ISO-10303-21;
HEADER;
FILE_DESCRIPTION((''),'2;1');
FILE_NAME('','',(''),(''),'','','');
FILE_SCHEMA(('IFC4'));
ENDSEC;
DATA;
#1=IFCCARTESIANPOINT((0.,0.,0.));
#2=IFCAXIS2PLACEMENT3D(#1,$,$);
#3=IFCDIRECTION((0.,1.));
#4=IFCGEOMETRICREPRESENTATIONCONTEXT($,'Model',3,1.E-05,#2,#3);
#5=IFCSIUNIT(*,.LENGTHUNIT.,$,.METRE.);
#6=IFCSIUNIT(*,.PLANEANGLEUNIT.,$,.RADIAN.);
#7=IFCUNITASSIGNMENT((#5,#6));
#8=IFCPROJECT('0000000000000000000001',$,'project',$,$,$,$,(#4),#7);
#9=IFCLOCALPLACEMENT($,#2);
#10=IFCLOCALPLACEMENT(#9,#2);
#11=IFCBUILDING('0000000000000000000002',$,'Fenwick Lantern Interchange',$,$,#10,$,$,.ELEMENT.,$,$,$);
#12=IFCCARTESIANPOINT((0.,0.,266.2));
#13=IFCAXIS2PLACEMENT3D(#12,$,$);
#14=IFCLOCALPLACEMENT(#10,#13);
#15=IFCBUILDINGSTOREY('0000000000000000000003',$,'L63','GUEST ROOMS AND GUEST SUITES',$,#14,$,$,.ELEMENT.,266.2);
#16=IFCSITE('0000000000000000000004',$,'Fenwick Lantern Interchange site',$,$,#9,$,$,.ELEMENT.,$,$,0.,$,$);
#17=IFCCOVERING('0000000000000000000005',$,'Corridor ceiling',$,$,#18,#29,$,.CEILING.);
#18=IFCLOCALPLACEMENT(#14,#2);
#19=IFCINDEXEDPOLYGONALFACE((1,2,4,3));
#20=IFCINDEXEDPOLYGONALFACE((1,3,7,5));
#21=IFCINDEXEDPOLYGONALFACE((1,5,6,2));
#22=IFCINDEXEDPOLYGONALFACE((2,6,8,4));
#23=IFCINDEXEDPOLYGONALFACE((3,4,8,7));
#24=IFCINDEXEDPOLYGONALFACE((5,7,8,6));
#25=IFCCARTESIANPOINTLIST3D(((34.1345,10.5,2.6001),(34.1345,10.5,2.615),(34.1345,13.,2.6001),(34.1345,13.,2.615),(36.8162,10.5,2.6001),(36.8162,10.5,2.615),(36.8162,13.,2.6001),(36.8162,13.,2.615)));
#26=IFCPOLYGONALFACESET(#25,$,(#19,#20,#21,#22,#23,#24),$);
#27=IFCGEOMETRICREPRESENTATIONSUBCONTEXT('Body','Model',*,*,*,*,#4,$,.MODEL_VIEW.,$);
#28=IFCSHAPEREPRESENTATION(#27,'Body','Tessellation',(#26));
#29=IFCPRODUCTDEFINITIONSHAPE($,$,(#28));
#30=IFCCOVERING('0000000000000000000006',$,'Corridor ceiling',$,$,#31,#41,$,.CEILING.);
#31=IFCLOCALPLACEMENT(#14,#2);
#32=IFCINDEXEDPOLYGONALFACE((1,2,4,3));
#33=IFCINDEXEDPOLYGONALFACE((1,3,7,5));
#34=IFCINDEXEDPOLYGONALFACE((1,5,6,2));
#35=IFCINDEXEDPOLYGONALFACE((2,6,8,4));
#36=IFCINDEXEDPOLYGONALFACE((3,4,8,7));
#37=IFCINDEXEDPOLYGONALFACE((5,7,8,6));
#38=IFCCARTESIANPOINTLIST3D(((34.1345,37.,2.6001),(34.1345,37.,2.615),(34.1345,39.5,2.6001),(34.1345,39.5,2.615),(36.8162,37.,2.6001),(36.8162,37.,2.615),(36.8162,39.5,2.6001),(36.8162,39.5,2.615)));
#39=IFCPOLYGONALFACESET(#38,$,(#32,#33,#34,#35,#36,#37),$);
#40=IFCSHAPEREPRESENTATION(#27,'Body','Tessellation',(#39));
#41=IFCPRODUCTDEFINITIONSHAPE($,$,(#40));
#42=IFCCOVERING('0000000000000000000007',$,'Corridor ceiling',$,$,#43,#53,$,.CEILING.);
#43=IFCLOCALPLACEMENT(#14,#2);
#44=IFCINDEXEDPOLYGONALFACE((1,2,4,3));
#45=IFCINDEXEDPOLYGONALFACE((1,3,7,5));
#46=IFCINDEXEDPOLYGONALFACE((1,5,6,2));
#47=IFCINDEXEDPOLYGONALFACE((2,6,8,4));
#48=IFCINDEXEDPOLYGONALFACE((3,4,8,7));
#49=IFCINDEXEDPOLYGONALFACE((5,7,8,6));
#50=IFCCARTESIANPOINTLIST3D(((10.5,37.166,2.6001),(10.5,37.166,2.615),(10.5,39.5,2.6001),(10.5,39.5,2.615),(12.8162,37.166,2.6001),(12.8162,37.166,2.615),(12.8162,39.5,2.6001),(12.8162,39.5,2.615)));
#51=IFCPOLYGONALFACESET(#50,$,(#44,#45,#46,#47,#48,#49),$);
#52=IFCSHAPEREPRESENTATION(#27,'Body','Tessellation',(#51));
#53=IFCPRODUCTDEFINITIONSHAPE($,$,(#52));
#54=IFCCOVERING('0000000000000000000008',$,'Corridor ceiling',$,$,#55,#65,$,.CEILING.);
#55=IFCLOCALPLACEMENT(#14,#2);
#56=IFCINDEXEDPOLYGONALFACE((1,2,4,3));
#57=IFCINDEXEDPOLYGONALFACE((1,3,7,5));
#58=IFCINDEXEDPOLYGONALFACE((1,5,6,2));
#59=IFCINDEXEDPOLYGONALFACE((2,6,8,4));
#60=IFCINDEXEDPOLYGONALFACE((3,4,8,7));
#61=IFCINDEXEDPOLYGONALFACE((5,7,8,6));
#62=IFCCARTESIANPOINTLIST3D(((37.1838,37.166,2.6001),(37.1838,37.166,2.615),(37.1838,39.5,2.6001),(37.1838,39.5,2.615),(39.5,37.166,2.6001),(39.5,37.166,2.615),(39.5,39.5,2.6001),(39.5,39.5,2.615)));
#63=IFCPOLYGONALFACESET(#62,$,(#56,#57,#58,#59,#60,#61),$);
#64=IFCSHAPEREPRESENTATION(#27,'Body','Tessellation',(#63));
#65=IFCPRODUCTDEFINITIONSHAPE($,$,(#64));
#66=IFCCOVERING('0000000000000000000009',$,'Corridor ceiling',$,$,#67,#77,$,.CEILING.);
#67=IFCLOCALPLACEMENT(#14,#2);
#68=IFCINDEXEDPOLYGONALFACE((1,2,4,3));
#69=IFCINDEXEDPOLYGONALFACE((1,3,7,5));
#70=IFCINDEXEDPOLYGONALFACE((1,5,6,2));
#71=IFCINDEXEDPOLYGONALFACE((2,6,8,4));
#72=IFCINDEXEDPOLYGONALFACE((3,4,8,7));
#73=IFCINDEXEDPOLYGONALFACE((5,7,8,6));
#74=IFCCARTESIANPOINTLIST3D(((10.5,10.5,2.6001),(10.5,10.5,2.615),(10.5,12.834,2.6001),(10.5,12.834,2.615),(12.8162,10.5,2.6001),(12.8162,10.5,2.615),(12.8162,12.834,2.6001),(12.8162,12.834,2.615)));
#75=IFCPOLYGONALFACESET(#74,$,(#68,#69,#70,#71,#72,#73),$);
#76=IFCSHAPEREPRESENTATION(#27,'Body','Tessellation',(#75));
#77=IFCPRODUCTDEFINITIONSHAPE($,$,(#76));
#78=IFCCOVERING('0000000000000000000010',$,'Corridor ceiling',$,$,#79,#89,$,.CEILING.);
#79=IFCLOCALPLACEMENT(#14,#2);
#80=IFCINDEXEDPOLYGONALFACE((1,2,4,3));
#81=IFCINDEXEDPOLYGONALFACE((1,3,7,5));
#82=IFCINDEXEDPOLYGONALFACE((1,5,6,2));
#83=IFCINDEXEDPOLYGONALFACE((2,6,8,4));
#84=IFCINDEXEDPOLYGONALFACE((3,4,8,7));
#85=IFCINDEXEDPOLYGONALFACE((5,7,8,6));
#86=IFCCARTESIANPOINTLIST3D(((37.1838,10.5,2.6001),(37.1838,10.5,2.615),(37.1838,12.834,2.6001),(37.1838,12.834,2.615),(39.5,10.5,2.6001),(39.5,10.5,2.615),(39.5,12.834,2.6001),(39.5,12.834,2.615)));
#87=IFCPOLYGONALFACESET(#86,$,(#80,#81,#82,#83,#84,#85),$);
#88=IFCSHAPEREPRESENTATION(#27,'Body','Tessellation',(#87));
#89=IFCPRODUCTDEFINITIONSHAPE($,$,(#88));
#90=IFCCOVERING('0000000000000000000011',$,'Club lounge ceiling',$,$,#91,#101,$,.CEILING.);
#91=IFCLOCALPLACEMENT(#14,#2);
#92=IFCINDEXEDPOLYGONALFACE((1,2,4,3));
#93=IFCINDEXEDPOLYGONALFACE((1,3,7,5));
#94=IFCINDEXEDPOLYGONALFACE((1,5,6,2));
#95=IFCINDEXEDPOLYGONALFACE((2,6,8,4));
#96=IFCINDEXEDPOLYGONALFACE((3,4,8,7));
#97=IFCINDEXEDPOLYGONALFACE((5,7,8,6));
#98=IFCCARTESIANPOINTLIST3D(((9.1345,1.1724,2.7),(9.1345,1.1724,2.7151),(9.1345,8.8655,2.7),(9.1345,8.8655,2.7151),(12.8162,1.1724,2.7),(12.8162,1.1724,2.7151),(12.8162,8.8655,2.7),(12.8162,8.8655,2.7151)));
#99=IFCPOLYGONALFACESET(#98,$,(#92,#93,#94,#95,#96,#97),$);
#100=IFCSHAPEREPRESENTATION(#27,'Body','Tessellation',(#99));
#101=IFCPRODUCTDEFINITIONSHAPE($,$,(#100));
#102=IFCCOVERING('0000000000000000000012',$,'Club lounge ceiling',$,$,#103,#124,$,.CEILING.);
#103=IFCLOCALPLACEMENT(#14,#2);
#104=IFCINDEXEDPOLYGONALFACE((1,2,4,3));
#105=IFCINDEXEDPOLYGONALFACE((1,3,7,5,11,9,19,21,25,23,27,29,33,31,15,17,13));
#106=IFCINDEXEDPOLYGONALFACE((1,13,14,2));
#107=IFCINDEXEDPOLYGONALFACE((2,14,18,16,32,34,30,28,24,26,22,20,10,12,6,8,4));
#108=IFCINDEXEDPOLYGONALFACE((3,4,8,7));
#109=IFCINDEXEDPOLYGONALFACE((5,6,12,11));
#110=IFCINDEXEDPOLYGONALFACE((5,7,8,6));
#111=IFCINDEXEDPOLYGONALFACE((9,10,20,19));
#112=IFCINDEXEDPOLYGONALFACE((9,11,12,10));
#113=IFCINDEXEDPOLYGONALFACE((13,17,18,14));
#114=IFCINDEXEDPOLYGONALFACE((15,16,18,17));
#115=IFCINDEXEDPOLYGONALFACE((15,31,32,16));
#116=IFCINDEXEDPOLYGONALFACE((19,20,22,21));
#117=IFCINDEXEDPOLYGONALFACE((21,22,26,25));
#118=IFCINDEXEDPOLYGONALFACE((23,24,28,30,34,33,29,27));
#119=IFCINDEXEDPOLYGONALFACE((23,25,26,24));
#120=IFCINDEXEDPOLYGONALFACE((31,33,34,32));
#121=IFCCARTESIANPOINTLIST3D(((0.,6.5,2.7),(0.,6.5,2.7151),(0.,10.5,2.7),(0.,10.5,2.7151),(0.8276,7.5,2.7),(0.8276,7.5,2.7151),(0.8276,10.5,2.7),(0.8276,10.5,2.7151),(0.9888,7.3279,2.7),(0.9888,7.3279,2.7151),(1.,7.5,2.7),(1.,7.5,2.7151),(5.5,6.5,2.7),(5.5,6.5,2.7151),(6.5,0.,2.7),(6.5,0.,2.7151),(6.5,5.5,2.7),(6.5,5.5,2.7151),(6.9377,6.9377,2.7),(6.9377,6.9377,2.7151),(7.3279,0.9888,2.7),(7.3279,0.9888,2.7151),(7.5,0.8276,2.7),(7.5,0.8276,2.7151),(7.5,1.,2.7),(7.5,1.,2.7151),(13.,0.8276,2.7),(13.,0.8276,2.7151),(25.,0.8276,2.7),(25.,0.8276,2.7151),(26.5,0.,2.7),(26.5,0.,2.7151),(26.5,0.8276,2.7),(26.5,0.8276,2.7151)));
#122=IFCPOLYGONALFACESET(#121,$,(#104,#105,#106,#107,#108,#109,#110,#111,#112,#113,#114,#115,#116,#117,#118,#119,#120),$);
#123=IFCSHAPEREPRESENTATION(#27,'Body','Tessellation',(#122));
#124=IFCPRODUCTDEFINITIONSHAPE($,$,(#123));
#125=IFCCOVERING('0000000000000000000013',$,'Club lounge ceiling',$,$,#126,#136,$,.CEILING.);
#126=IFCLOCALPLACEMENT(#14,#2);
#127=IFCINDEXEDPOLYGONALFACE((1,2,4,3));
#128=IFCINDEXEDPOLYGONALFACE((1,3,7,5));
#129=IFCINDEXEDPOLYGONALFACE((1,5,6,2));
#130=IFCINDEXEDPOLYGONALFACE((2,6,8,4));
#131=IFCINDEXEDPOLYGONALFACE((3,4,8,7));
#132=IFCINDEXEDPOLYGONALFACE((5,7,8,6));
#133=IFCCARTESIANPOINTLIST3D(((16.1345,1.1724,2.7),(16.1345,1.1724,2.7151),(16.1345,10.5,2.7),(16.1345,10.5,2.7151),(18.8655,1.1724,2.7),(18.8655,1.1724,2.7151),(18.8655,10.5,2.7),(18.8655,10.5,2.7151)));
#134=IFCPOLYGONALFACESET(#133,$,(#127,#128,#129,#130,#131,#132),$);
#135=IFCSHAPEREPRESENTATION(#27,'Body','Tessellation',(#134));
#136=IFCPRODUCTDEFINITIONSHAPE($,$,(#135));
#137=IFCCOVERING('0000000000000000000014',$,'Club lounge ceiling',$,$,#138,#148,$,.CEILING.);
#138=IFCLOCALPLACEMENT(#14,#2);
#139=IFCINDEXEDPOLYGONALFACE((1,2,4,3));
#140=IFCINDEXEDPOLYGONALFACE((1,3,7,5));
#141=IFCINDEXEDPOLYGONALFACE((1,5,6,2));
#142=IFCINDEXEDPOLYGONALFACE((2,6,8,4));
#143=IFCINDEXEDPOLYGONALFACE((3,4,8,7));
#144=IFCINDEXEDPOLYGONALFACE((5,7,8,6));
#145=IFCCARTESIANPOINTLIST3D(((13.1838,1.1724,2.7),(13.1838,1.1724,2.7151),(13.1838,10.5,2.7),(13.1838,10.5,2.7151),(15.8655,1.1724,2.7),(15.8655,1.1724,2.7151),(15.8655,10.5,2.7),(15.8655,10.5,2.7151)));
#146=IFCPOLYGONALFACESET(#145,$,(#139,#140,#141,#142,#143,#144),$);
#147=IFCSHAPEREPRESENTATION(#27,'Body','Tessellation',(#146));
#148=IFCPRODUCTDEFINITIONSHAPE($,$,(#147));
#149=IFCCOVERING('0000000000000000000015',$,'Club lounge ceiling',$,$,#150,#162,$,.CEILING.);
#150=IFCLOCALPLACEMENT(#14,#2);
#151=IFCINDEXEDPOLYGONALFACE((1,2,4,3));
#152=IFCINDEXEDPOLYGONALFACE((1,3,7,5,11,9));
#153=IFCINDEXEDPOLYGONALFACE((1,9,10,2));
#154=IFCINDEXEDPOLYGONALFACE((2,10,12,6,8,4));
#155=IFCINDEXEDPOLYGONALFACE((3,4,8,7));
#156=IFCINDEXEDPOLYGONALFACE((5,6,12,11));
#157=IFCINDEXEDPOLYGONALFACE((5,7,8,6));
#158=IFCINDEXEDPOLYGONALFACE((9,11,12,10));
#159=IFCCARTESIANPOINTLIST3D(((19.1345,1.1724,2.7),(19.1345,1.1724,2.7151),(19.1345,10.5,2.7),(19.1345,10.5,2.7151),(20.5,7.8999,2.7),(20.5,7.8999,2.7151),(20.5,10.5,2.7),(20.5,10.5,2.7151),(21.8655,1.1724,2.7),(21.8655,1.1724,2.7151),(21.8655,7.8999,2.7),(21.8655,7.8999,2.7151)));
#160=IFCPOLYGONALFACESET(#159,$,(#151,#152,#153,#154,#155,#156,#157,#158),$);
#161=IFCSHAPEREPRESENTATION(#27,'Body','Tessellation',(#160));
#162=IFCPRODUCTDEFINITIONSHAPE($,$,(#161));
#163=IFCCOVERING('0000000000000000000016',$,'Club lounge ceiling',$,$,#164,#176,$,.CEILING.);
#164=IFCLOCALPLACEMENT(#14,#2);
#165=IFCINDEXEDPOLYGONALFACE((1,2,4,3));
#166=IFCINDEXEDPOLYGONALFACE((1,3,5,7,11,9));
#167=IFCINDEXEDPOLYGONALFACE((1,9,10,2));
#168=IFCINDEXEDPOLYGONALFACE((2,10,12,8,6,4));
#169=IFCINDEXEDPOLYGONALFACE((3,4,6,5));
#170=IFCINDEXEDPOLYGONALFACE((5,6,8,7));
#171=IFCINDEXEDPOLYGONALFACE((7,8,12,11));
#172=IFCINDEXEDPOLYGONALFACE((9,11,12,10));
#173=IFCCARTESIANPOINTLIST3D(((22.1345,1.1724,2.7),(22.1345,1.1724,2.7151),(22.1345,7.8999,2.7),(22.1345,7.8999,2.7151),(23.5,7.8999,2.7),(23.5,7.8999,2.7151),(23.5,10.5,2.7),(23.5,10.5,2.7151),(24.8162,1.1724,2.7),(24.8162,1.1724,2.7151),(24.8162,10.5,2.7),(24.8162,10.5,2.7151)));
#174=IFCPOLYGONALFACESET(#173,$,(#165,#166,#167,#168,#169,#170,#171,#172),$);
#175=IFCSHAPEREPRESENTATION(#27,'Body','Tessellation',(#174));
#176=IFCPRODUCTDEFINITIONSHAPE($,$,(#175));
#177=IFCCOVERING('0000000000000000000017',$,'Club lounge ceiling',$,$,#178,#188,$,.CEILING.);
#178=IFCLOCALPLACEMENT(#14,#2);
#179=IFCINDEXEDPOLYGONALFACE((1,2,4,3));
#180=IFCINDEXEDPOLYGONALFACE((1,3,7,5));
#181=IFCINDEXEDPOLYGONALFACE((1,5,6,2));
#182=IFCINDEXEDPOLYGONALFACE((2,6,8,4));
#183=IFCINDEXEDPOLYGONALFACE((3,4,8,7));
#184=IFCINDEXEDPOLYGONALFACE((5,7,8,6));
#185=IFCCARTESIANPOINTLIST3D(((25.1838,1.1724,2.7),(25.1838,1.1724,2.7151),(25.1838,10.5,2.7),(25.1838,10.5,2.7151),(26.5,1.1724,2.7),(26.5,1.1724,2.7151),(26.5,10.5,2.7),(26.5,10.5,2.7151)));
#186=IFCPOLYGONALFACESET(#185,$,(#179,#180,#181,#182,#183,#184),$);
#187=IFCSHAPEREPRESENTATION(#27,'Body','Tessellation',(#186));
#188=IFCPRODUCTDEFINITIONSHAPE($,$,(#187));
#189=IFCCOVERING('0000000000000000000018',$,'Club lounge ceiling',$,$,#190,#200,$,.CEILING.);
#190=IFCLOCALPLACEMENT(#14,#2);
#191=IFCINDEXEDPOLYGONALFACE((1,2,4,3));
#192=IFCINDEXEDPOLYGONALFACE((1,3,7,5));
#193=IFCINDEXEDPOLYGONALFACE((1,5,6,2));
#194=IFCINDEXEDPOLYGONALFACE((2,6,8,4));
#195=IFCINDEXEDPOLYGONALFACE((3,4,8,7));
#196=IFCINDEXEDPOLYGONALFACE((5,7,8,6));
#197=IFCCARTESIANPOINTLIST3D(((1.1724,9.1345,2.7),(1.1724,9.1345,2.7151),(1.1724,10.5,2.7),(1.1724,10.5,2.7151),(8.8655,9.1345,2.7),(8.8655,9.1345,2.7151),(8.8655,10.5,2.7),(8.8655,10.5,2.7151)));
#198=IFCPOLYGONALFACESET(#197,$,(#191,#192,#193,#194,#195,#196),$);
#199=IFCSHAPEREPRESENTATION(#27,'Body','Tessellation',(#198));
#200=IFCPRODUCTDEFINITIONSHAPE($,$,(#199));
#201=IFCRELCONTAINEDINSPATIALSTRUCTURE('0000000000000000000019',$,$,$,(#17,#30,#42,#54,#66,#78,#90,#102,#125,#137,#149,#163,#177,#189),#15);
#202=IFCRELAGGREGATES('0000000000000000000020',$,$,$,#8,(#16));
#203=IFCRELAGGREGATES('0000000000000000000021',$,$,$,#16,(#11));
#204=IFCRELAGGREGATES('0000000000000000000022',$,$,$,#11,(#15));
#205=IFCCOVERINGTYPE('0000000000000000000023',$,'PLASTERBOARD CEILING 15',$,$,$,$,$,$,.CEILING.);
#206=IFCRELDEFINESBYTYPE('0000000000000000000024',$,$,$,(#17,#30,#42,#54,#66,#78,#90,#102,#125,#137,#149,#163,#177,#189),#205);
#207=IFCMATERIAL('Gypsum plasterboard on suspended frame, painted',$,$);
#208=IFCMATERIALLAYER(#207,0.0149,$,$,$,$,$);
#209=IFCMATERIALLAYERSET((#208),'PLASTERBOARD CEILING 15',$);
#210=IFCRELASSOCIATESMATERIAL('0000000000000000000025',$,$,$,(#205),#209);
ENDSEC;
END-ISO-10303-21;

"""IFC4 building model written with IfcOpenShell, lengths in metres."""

from ifc_helpers import new_model, si_unit, direction, frame, origin, place, context, subcontext, project, spatial, polyline, outline, extrude, material, layer, layer_set, type_object, element, save


model = new_model("IFC4")

# Units and contexts
model_context = context("Model", 3, precision=1e-05, world=origin(), true_north=direction((0.0, 1.0)))
body_context = subcontext(model_context, "Body", "Model", "MODEL_VIEW")
ifc_project = project(units=[si_unit("LENGTHUNIT", "METRE"), si_unit("PLANEANGLEUNIT", "RADIAN")], contexts=[model_context])

# Site, building, storey
site_placement = place(None, origin())
site = spatial("IfcSite", under=ifc_project, at=site_placement, Name="Fenwick Lantern Interchange site", CompositionType="ELEMENT", RefElevation=0.0)
building_placement = place(site_placement, origin())
building = spatial("IfcBuilding", under=site, at=building_placement, Name="Fenwick Lantern Interchange", CompositionType="ELEMENT")
storey_placement = place(building_placement, frame((0.0, 0.0, 266.2)))
storey = spatial("IfcBuildingStorey", under=building, at=storey_placement, Name="L63", Description="GUEST ROOMS AND GUEST SUITES", CompositionType="ELEMENT", Elevation=266.2)

# Coverings
ifc_material = material(Name="Gypsum plasterboard on suspended frame, painted")
ifc_layer = layer(ifc_material, 0.0149)
ifc_layer_set = layer_set([ifc_layer], Name="PLASTERBOARD CEILING 15")
covering_type = type_object("IfcCoveringType", Name="PLASTERBOARD CEILING 15", PredefinedType="CEILING", material=ifc_layer_set)
covering_1_placement = place(storey_placement, frame((0.0, 0.0, 2.6001)))
element("IfcCovering", 1, at=covering_1_placement, inside=storey, type_object=covering_type, Name="Corridor ceiling", PredefinedType="CEILING", context=body_context, shape_type="SweptSolid", body=[
    extrude(outline(polyline([(34.1345, 10.5), (36.8162, 10.5), (36.8162, 13.0), (34.1345, 13.0), (34.1345, 10.5)])), origin(), (0.0, 0.0, 1.0), 0.0149),
])
covering_2_placement = place(storey_placement, frame((0.0, 0.0, 2.6001)))
element("IfcCovering", 2, at=covering_2_placement, inside=storey, type_object=covering_type, Name="Corridor ceiling", PredefinedType="CEILING", context=body_context, shape_type="SweptSolid", body=[
    extrude(outline(polyline([(36.8162, 39.5), (34.1345, 39.5), (34.1345, 37.0), (36.8162, 37.0), (36.8162, 39.5)])), origin(), (0.0, 0.0, 1.0), 0.0149),
])
covering_3_placement = place(storey_placement, frame((0.0, 0.0, 2.6001)))
element("IfcCovering", 3, at=covering_3_placement, inside=storey, type_object=covering_type, Name="Corridor ceiling", PredefinedType="CEILING", context=body_context, shape_type="SweptSolid", body=[
    extrude(outline(polyline([(12.8162, 39.5), (10.5, 39.5), (10.5, 37.166), (12.8162, 37.166), (12.8162, 39.5)])), origin(), (0.0, 0.0, 1.0), 0.0149),
])
covering_4_placement = place(storey_placement, frame((0.0, 0.0, 2.6001)))
element("IfcCovering", 4, at=covering_4_placement, inside=storey, type_object=covering_type, Name="Corridor ceiling", PredefinedType="CEILING", context=body_context, shape_type="SweptSolid", body=[
    extrude(outline(polyline([(39.5, 39.5), (37.1838, 39.5), (37.1838, 37.166), (39.5, 37.166), (39.5, 39.5)])), origin(), (0.0, 0.0, 1.0), 0.0149),
])
covering_5_placement = place(storey_placement, frame((0.0, 0.0, 2.6001)))
element("IfcCovering", 5, at=covering_5_placement, inside=storey, type_object=covering_type, Name="Corridor ceiling", PredefinedType="CEILING", context=body_context, shape_type="SweptSolid", body=[
    extrude(outline(polyline([(10.5, 10.5), (12.8162, 10.5), (12.8162, 12.834), (10.5, 12.834), (10.5, 10.5)])), origin(), (0.0, 0.0, 1.0), 0.0149),
])
covering_6_placement = place(storey_placement, frame((0.0, 0.0, 2.6001)))
element("IfcCovering", 6, at=covering_6_placement, inside=storey, type_object=covering_type, Name="Corridor ceiling", PredefinedType="CEILING", context=body_context, shape_type="SweptSolid", body=[
    extrude(outline(polyline([(39.5, 10.5), (39.5, 12.834), (37.1838, 12.834), (37.1838, 10.5), (39.5, 10.5)])), origin(), (0.0, 0.0, 1.0), 0.0149),
])
covering_7_placement = place(storey_placement, frame((0.0, 0.0, 2.7)))
element("IfcCovering", 7, at=covering_7_placement, inside=storey, type_object=covering_type, Name="Club lounge ceiling", PredefinedType="CEILING", context=body_context, shape_type="SweptSolid", body=[
    extrude(outline(polyline([(9.1345, 8.8655), (9.1345, 1.1724), (12.8162, 1.1724), (12.8162, 8.8655), (9.1345, 8.8655)])), origin(), (0.0, 0.0, 1.0), 0.0151),
])
covering_8_placement = place(storey_placement, frame((0.0, 0.0, 2.7)))
element("IfcCovering", 8, at=covering_8_placement, inside=storey, type_object=covering_type, Name="Club lounge ceiling", PredefinedType="CEILING", context=body_context, shape_type="SweptSolid", body=[
    extrude(outline(polyline([(0.0, 6.5), (5.5, 6.5), (6.5, 5.5), (6.5, 0.0), (26.5, 0.0), (26.5, 0.8276), (25.0, 0.8276), (13.0, 0.8276), (7.5, 0.8276), (7.5, 1.0), (7.3279, 0.9888), (6.9377, 6.9377), (0.9888, 7.3279), (1.0, 7.5), (0.8276, 7.5), (0.8276, 10.5), (0.0, 10.5), (0.0, 6.5)])), origin(), (0.0, 0.0, 1.0), 0.0151),
])
covering_9_placement = place(storey_placement, frame((0.0, 0.0, 2.7)))
element("IfcCovering", 9, at=covering_9_placement, inside=storey, type_object=covering_type, Name="Club lounge ceiling", PredefinedType="CEILING", context=body_context, shape_type="SweptSolid", body=[
    extrude(outline(polyline([(18.8655, 10.5), (16.1345, 10.5), (16.1345, 1.1724), (18.8655, 1.1724), (18.8655, 10.5)])), origin(), (0.0, 0.0, 1.0), 0.0151),
])
covering_10_placement = place(storey_placement, frame((0.0, 0.0, 2.7)))
element("IfcCovering", 10, at=covering_10_placement, inside=storey, type_object=covering_type, Name="Club lounge ceiling", PredefinedType="CEILING", context=body_context, shape_type="SweptSolid", body=[
    extrude(outline(polyline([(15.8655, 10.5), (13.1838, 10.5), (13.1838, 1.1724), (15.8655, 1.1724), (15.8655, 10.5)])), origin(), (0.0, 0.0, 1.0), 0.0151),
])
covering_11_placement = place(storey_placement, frame((0.0, 0.0, 2.7)))
element("IfcCovering", 11, at=covering_11_placement, inside=storey, type_object=covering_type, Name="Club lounge ceiling", PredefinedType="CEILING", context=body_context, shape_type="SweptSolid", body=[
    extrude(outline(polyline([(20.5, 10.5), (19.1345, 10.5), (19.1345, 1.1724), (21.8655, 1.1724), (21.8655, 7.8999), (20.5, 7.8999), (20.5, 10.5)])), origin(), (0.0, 0.0, 1.0), 0.0151),
])
covering_12_placement = place(storey_placement, frame((0.0, 0.0, 2.7)))
element("IfcCovering", 12, at=covering_12_placement, inside=storey, type_object=covering_type, Name="Club lounge ceiling", PredefinedType="CEILING", context=body_context, shape_type="SweptSolid", body=[
    extrude(outline(polyline([(23.5, 7.8999), (22.1345, 7.8999), (22.1345, 1.1724), (24.8162, 1.1724), (24.8162, 10.5), (23.5, 10.5), (23.5, 7.8999)])), origin(), (0.0, 0.0, 1.0), 0.0151),
])
covering_13_placement = place(storey_placement, frame((0.0, 0.0, 2.7)))
element("IfcCovering", 13, at=covering_13_placement, inside=storey, type_object=covering_type, Name="Club lounge ceiling", PredefinedType="CEILING", context=body_context, shape_type="SweptSolid", body=[
    extrude(outline(polyline([(26.5, 10.5), (25.1838, 10.5), (25.1838, 1.1724), (26.5, 1.1724), (26.5, 10.5)])), origin(), (0.0, 0.0, 1.0), 0.0151),
])
covering_14_placement = place(storey_placement, frame((0.0, 0.0, 2.7)))
element("IfcCovering", 14, at=covering_14_placement, inside=storey, type_object=covering_type, Name="Club lounge ceiling", PredefinedType="CEILING", context=body_context, shape_type="SweptSolid", body=[
    extrude(outline(polyline([(8.8655, 10.5), (1.1724, 10.5), (1.1724, 9.1345), (8.8655, 9.1345), (8.8655, 10.5)])), origin(), (0.0, 0.0, 1.0), 0.0151),
])

save(model, "model.ifc")
